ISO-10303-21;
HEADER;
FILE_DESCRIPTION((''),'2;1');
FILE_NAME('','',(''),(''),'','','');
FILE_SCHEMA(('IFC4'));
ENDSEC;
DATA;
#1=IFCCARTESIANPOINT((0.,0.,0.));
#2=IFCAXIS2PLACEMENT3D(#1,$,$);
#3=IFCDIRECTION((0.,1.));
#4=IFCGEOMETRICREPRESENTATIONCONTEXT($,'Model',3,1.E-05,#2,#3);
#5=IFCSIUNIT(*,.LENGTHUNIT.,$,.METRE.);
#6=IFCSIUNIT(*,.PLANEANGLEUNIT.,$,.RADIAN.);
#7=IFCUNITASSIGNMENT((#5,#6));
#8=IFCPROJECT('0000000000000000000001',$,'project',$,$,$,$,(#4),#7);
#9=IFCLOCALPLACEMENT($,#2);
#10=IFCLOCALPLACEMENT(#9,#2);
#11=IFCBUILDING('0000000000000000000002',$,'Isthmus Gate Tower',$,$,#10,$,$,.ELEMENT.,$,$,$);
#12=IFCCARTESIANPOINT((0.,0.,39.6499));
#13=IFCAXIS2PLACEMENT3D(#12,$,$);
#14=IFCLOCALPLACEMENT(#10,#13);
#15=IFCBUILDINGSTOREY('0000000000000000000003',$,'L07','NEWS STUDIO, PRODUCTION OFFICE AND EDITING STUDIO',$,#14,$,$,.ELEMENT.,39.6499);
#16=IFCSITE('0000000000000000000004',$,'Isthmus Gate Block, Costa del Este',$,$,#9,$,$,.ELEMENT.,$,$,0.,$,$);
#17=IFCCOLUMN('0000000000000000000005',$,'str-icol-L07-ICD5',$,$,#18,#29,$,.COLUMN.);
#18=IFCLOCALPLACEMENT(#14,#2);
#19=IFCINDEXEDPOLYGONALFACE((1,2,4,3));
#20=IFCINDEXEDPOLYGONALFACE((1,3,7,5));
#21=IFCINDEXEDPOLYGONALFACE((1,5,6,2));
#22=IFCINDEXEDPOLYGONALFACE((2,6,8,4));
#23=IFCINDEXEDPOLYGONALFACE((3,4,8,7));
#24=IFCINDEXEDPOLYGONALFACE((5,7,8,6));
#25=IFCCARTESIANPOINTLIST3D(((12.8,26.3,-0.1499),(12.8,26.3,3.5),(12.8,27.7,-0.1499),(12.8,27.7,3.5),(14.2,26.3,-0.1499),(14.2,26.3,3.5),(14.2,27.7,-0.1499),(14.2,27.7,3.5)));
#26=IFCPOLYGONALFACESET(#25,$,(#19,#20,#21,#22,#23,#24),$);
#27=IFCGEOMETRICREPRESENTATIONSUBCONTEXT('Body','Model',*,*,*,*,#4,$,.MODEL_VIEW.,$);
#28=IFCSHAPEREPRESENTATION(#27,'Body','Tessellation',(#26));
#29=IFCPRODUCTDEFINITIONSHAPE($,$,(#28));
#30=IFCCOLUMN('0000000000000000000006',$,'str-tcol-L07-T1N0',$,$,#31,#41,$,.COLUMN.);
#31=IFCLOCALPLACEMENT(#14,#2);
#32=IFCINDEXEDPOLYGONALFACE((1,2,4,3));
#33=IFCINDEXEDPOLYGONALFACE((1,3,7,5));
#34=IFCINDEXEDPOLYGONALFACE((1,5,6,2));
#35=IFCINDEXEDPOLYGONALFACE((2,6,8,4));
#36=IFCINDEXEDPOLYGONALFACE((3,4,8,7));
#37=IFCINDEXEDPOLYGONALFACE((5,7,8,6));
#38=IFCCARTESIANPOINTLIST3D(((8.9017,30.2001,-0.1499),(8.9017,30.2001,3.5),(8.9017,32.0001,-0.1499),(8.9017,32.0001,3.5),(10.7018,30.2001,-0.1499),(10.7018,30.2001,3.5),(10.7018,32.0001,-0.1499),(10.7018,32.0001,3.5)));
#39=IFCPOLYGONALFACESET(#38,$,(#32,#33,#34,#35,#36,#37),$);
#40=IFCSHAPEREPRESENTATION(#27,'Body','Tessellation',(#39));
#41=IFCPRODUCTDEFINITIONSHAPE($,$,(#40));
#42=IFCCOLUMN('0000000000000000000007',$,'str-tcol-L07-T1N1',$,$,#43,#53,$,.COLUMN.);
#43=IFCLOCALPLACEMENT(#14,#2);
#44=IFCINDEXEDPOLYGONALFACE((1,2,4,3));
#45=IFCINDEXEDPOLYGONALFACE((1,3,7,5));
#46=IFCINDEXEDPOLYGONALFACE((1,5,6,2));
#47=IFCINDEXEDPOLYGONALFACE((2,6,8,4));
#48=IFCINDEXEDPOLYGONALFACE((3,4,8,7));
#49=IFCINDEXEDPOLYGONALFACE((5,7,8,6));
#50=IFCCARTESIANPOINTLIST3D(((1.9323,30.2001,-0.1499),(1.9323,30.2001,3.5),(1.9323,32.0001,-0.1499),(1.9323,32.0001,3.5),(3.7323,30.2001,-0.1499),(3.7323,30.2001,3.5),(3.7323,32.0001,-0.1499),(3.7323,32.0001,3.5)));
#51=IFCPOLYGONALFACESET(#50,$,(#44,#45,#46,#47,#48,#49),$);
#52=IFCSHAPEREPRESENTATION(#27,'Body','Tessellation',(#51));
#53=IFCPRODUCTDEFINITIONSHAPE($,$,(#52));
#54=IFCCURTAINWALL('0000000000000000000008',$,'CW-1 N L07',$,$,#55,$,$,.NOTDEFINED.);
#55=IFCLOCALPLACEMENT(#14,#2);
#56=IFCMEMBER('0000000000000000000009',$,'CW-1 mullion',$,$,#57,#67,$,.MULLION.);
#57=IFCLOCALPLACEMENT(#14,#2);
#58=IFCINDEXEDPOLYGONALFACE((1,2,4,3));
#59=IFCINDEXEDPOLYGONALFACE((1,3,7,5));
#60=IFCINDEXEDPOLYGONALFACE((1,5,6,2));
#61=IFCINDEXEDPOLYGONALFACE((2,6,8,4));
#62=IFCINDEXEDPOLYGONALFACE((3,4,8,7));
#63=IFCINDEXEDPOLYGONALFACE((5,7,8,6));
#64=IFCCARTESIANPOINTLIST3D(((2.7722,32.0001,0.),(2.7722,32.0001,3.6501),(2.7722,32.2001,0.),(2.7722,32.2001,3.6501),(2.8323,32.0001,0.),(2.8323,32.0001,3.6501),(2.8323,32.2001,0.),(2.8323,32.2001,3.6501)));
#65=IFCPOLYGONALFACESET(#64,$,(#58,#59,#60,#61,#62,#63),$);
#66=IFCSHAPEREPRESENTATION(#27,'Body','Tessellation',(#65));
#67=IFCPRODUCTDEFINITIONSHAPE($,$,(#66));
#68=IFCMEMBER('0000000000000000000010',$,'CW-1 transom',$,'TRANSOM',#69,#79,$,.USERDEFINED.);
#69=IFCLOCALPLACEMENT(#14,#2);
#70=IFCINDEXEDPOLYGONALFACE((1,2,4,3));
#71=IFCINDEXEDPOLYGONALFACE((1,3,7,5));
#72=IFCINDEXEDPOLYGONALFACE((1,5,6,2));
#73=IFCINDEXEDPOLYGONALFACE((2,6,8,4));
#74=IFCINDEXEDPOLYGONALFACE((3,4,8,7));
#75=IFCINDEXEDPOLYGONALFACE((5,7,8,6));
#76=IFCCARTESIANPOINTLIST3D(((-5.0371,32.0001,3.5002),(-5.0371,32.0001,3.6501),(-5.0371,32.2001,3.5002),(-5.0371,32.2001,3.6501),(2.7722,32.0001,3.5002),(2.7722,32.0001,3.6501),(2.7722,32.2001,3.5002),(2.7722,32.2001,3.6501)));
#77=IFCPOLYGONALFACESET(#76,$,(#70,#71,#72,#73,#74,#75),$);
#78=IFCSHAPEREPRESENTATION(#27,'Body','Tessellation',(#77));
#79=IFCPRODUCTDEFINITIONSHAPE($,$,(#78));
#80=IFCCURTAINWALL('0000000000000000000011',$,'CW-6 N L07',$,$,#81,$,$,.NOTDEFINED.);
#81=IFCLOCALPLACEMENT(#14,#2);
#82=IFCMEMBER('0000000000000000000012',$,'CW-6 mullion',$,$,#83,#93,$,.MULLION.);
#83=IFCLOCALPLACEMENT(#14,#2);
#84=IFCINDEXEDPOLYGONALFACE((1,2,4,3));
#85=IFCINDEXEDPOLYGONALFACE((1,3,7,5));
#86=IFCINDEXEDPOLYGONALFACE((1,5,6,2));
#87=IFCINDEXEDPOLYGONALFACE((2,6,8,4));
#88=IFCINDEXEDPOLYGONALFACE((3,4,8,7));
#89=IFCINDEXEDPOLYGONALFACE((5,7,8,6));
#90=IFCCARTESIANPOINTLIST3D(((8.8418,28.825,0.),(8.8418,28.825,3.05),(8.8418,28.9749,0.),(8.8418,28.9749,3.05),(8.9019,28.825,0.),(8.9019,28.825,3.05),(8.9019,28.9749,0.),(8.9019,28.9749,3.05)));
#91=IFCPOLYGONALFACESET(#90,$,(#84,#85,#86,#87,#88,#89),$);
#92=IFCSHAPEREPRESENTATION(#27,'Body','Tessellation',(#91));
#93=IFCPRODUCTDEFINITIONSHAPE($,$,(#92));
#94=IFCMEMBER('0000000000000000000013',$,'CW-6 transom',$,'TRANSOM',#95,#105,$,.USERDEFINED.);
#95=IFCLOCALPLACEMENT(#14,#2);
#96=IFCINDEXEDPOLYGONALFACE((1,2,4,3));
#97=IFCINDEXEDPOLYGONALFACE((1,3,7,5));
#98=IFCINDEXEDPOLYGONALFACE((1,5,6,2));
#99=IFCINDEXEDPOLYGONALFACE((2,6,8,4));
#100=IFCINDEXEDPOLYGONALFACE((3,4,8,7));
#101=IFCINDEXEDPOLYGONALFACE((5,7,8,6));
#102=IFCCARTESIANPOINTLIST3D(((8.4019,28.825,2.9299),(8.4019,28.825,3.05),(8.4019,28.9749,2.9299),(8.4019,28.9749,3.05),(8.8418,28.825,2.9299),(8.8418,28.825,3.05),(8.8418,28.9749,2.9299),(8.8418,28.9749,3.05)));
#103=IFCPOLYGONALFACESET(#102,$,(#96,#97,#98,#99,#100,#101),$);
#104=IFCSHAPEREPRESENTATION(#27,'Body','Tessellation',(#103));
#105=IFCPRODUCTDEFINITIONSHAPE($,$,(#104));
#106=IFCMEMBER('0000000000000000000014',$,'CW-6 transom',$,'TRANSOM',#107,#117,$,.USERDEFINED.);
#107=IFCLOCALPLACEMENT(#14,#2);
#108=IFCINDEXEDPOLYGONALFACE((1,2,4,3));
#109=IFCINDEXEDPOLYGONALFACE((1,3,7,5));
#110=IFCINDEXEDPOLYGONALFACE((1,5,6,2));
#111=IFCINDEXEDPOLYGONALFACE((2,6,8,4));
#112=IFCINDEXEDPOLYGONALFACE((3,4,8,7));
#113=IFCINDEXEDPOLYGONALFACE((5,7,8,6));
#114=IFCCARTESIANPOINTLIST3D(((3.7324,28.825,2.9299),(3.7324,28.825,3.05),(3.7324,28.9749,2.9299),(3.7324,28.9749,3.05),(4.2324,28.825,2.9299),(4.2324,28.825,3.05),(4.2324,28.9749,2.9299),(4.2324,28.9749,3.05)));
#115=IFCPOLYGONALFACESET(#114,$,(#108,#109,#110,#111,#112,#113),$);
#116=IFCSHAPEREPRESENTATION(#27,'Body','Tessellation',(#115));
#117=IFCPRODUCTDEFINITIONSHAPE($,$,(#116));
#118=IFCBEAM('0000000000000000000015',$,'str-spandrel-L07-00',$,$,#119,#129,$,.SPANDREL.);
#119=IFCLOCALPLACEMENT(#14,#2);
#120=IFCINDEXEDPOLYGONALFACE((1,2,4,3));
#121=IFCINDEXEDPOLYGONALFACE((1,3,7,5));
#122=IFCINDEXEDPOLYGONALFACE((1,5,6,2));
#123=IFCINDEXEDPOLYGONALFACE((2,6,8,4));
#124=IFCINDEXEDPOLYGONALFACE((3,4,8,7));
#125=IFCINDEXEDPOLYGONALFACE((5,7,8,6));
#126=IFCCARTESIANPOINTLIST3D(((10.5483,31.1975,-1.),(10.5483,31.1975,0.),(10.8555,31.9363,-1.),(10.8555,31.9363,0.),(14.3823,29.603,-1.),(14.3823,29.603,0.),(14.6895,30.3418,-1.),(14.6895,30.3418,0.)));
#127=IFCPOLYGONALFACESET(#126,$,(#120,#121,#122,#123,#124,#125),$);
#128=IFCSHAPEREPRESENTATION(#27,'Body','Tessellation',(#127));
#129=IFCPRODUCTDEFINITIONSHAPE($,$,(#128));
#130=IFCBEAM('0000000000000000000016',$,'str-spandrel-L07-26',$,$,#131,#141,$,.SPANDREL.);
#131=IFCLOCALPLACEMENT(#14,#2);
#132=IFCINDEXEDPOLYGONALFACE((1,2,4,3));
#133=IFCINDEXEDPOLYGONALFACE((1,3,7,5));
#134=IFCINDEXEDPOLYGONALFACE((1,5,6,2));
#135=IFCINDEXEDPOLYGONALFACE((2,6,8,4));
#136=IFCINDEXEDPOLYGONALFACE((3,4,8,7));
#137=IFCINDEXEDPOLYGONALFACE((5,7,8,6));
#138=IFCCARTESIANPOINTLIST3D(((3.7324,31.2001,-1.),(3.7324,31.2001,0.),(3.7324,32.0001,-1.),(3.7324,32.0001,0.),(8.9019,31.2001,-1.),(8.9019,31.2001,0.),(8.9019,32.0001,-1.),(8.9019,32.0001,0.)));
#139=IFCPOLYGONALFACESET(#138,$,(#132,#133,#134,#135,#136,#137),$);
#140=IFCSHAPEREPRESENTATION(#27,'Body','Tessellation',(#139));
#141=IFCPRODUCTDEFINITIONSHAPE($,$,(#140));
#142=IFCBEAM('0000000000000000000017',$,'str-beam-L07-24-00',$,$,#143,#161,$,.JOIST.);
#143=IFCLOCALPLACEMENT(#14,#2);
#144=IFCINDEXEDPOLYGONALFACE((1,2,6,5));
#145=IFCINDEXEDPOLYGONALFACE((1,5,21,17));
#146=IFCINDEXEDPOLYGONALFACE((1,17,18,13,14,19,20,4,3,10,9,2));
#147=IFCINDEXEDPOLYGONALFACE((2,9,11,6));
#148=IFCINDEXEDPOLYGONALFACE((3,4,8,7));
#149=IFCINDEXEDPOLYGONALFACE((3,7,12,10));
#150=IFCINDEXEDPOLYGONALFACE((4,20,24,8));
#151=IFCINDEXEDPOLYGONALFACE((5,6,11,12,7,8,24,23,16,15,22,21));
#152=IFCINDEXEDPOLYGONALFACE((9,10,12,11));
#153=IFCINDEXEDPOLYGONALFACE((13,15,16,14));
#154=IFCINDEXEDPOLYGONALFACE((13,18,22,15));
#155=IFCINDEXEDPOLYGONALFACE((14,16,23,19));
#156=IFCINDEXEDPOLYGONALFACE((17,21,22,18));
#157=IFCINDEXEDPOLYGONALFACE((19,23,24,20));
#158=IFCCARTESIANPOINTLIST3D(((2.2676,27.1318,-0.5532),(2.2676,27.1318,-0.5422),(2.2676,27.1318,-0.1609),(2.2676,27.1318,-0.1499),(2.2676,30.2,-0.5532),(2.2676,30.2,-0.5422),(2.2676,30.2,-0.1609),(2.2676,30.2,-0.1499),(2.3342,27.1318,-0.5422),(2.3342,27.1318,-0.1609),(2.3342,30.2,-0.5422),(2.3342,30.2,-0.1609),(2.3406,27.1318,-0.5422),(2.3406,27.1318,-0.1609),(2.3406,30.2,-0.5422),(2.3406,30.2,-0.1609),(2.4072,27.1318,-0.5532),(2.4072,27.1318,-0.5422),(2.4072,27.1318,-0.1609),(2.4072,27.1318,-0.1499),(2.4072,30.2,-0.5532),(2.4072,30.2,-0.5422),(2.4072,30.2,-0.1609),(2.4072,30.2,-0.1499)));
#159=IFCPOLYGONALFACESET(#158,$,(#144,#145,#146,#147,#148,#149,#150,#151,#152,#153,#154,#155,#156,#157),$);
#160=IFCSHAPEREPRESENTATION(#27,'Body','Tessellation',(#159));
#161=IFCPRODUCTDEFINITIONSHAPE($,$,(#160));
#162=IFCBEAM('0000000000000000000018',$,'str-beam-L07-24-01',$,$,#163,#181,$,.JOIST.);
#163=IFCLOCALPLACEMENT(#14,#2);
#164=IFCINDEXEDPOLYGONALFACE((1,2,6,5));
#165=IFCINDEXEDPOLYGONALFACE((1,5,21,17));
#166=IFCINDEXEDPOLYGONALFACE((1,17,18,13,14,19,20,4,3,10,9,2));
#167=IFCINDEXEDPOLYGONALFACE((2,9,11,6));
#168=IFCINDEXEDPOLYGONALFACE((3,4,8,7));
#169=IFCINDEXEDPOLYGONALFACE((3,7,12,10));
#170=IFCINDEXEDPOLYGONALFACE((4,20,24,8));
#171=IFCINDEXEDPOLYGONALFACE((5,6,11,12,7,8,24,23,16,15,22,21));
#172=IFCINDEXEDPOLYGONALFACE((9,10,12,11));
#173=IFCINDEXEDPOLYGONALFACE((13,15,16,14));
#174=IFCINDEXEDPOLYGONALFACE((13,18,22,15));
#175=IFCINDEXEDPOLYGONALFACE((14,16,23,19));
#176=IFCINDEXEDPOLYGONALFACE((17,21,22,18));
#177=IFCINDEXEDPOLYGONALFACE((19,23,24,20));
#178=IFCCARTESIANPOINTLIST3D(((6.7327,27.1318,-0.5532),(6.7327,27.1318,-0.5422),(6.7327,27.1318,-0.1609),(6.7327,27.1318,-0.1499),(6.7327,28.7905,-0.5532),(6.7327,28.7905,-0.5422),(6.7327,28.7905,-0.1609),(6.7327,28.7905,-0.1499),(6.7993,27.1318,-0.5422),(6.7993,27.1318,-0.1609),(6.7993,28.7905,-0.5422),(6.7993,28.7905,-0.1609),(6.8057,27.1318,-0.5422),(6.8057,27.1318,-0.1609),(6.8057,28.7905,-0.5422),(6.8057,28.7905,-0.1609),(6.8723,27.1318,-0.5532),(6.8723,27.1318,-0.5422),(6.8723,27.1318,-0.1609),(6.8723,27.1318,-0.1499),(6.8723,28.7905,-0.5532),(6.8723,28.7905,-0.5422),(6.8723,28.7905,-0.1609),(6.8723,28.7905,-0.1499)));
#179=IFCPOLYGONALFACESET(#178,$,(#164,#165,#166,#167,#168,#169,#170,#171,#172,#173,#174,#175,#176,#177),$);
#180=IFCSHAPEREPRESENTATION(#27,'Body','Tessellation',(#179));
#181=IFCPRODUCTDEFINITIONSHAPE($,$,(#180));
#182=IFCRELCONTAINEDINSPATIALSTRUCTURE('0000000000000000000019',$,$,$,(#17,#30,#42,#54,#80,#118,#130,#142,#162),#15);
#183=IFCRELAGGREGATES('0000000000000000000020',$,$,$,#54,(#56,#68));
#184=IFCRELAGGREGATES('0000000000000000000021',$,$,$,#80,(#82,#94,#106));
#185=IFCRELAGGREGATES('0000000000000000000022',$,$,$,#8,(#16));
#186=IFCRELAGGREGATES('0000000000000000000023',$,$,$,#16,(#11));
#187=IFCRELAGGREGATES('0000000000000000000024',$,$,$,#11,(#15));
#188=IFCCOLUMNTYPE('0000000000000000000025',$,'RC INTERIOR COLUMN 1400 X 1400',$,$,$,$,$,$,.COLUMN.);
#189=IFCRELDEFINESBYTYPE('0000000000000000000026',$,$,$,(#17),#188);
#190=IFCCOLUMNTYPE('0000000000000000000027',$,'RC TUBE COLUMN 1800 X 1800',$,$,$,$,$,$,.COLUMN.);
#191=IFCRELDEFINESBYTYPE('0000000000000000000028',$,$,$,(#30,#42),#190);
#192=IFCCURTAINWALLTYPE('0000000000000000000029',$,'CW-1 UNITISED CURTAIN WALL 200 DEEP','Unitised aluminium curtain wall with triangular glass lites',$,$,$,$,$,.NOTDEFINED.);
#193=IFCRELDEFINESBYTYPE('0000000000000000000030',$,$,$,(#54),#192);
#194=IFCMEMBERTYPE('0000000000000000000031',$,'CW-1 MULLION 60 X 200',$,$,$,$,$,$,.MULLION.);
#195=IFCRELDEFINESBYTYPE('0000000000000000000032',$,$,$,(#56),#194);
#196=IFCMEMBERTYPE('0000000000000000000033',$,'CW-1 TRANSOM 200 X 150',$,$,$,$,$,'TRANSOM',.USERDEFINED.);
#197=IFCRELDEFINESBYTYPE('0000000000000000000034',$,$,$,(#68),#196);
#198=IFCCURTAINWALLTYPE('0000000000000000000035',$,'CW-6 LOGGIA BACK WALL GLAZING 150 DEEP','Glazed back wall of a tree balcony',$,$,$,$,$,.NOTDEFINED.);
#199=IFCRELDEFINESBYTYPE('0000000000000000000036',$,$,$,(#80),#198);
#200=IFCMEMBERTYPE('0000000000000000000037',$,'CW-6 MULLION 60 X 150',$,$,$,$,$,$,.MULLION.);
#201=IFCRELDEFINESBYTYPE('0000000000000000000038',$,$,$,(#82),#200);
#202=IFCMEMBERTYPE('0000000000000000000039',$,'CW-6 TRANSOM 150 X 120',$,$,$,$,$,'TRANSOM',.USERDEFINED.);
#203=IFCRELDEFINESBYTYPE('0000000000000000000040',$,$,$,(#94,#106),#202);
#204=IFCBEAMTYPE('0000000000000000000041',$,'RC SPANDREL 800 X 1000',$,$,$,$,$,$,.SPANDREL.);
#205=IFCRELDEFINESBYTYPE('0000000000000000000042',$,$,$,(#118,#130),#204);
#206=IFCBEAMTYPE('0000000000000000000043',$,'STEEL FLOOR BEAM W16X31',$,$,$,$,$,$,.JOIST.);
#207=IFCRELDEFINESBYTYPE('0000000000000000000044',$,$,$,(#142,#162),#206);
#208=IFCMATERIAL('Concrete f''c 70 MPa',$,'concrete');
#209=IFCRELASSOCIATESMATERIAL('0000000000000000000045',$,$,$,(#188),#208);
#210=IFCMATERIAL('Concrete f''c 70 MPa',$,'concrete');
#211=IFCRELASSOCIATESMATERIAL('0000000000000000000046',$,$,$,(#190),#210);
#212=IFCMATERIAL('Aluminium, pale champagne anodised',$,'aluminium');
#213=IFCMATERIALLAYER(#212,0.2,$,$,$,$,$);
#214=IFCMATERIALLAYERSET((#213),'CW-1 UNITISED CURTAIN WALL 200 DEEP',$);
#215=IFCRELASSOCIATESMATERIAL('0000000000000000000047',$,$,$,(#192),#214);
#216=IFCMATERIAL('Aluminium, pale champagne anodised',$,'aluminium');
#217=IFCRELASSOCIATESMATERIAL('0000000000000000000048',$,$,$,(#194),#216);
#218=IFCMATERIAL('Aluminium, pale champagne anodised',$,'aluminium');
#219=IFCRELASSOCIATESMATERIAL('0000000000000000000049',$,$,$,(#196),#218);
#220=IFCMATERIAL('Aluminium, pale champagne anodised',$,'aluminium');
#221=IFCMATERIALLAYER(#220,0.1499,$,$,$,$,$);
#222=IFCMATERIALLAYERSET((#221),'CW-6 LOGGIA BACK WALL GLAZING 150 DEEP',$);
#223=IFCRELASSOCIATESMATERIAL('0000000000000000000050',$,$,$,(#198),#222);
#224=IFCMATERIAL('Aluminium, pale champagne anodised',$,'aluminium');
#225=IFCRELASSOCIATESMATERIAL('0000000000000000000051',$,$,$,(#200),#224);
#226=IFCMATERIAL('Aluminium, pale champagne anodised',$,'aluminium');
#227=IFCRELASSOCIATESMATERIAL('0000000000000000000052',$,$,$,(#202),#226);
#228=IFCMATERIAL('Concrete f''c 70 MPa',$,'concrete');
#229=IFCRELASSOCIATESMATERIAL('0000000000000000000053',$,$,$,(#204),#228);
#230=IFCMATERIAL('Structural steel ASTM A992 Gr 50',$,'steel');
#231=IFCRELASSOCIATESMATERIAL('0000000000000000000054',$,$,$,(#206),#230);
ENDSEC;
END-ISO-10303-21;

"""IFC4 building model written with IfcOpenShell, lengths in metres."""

from ifc_helpers import new_model, si_unit, direction, frame, origin, origin_2d, place, context, subcontext, project, spatial, rectangle, i_section, extrude, material, layer, layer_set, material_profile, profile_set, type_object, element, aggregate, save


model = new_model("IFC4")

# Units and contexts
model_context = context("Model", 3, precision=1e-05, world=origin(), true_north=direction((0.0, 1.0)))
body_context = subcontext(model_context, "Body", "Model", "MODEL_VIEW")
ifc_project = project(units=[si_unit("LENGTHUNIT", "METRE"), si_unit("PLANEANGLEUNIT", "RADIAN")], contexts=[model_context])

# Site, building, storey
site_placement = place(None, origin())
site = spatial("IfcSite", under=ifc_project, at=site_placement, Name="Isthmus Gate Block, Costa del Este", CompositionType="ELEMENT", RefElevation=0.0)
building_placement = place(site_placement, origin())
building = spatial("IfcBuilding", under=site, at=building_placement, Name="Isthmus Gate Tower", CompositionType="ELEMENT")
storey_placement = place(building_placement, frame((0.0, 0.0, 39.6499)))
storey = spatial("IfcBuildingStorey", under=building, at=storey_placement, Name="L07", Description="NEWS STUDIO, PRODUCTION OFFICE AND EDITING STUDIO", CompositionType="ELEMENT", Elevation=39.6499)

# Columns
ifc_material_1 = material(Name="Concrete f'c 70 MPa", Category="concrete")
ifc_material_profile_1 = material_profile(ifc_material_1, rectangle(XDim=1.3999, YDim=1.3999, at=origin_2d()), Name="RC 1400X1400")
ifc_profile_set_1 = profile_set([ifc_material_profile_1], Name="Concrete f'c 70 MPa")
column_type_1 = type_object("IfcColumnType", Name="RC INTERIOR COLUMN 1400 X 1400", PredefinedType="COLUMN", material=ifc_profile_set_1)
column_placement = place(storey_placement, frame((13.5, 27.0, -0.1499), z_axis=(0.0, 0.0, 1.0), x_axis=(1.0, 0.0, 0.0)))
element("IfcColumn", 1, at=column_placement, inside=storey, type_object=column_type_1, Name="str-icol-L07-ICD5", PredefinedType="COLUMN", context=body_context, shape_type="SweptSolid", body=[
    extrude(rectangle(XDim=1.3999, YDim=1.3999, at=origin_2d()), origin(), (0.0, 0.0, 1.0), 3.6499),
])
ifc_material_2 = material(Name="Concrete f'c 70 MPa", Category="concrete")
ifc_material_profile_2 = material_profile(ifc_material_2, rectangle(XDim=1.8, YDim=1.8, at=origin_2d()), Name="RC 1800X1800")
ifc_profile_set_2 = profile_set([ifc_material_profile_2], Name="Concrete f'c 70 MPa")
column_type_2 = type_object("IfcColumnType", Name="RC TUBE COLUMN 1800 X 1800", PredefinedType="COLUMN", material=ifc_profile_set_2)
for number, where, z_axis, x_axis, name in (
    (2, (9.8018, 31.1001, -0.1499), (0.0, 0.0, 1.0), (-1.0, 0.0, 0.0), "str-tcol-L07-T1N0"),
    (3, (2.8323, 31.1001, -0.1499), (0.0, 0.0, 1.0), (-1.0, 0.0, 0.0), "str-tcol-L07-T1N1"),
):
    element("IfcColumn", number, at=place(storey_placement, frame(where, z_axis=z_axis, x_axis=x_axis)), inside=storey, type_object=column_type_2, Name=name, PredefinedType="COLUMN", context=body_context, shape_type="SweptSolid", body=[
        extrude(rectangle(XDim=1.8, YDim=1.8, at=origin_2d()), origin(), (0.0, 0.0, 1.0), 3.6499),
    ])

# Curtain walls, members
ifc_material_3 = material(Name="Aluminium, pale champagne anodised", Category="aluminium")
ifc_layer_1 = layer(ifc_material_3, 0.2)
ifc_layer_set_1 = layer_set([ifc_layer_1], Name="CW-1 UNITISED CURTAIN WALL 200 DEEP")
curtain_wall_type_1 = type_object("IfcCurtainWallType", Name="CW-1 UNITISED CURTAIN WALL 200 DEEP", Description="Unitised aluminium curtain wall with triangular glass lites", PredefinedType="NOTDEFINED", material=ifc_layer_set_1)
curtain_wall_1_placement = place(storey_placement, origin())
curtain_wall_1 = element("IfcCurtainWall", 4, at=curtain_wall_1_placement, inside=storey, type_object=curtain_wall_type_1, Name="CW-1 N L07", PredefinedType="NOTDEFINED")
ifc_material_4 = material(Name="Aluminium, pale champagne anodised", Category="aluminium")
ifc_material_profile_3 = material_profile(ifc_material_4, rectangle(XDim=0.0601, YDim=0.2, at=origin_2d()), Name="60x200")
ifc_profile_set_3 = profile_set([ifc_material_profile_3], Name="Aluminium, pale champagne anodised")
member_type_1 = type_object("IfcMemberType", Name="CW-1 MULLION 60 X 200", PredefinedType="MULLION", material=ifc_profile_set_3)
member_1_placement = place(storey_placement, frame((2.8022, 32.1001, 0.0), z_axis=(0.0, 0.0, 1.0), x_axis=(-1.0, 0.0, 0.0)))
member_1 = element("IfcMember", 5, at=member_1_placement, type_object=member_type_1, Name="CW-1 mullion", PredefinedType="MULLION", context=body_context, shape_type="SweptSolid", body=[
    extrude(rectangle(XDim=0.0601, YDim=0.2, at=origin_2d()), origin(), (0.0, 0.0, 1.0), 3.6501),
])
ifc_material_5 = material(Name="Aluminium, pale champagne anodised", Category="aluminium")
ifc_material_profile_4 = material_profile(ifc_material_5, rectangle(XDim=0.2, YDim=0.1499, at=origin_2d()), Name="200x150")
ifc_profile_set_4 = profile_set([ifc_material_profile_4], Name="Aluminium, pale champagne anodised")
member_type_2 = type_object("IfcMemberType", Name="CW-1 TRANSOM 200 X 150", ElementType="TRANSOM", PredefinedType="USERDEFINED", material=ifc_profile_set_4)
member_2_placement = place(storey_placement, frame((2.7722, 32.1001, 3.5752), z_axis=(-1.0, 0.0, 0.0), x_axis=(0.0, -1.0, 0.0)))
member_2 = element("IfcMember", 6, at=member_2_placement, type_object=member_type_2, Name="CW-1 transom", ObjectType="TRANSOM", PredefinedType="USERDEFINED", context=body_context, shape_type="SweptSolid", body=[
    extrude(rectangle(XDim=0.2, YDim=0.1499, at=origin_2d()), origin(), (0.0, 0.0, 1.0), 7.8093),
])
aggregate(curtain_wall_1, [member_1, member_2])
ifc_material_6 = material(Name="Aluminium, pale champagne anodised", Category="aluminium")
ifc_layer_2 = layer(ifc_material_6, 0.1499)
ifc_layer_set_2 = layer_set([ifc_layer_2], Name="CW-6 LOGGIA BACK WALL GLAZING 150 DEEP")
curtain_wall_type_2 = type_object("IfcCurtainWallType", Name="CW-6 LOGGIA BACK WALL GLAZING 150 DEEP", Description="Glazed back wall of a tree balcony", PredefinedType="NOTDEFINED", material=ifc_layer_set_2)
curtain_wall_2_placement = place(storey_placement, origin())
curtain_wall_2 = element("IfcCurtainWall", 7, at=curtain_wall_2_placement, inside=storey, type_object=curtain_wall_type_2, Name="CW-6 N L07", PredefinedType="NOTDEFINED")
ifc_material_7 = material(Name="Aluminium, pale champagne anodised", Category="aluminium")
ifc_material_profile_5 = material_profile(ifc_material_7, rectangle(XDim=0.0601, YDim=0.1499, at=origin_2d()), Name="60x150")
ifc_profile_set_5 = profile_set([ifc_material_profile_5], Name="Aluminium, pale champagne anodised")
member_type_3 = type_object("IfcMemberType", Name="CW-6 MULLION 60 X 150", PredefinedType="MULLION", material=ifc_profile_set_5)
member_3_placement = place(storey_placement, frame((8.8718, 28.8999, 0.0), z_axis=(0.0, 0.0, 1.0), x_axis=(-1.0, 0.0, 0.0)))
member_3 = element("IfcMember", 8, at=member_3_placement, type_object=member_type_3, Name="CW-6 mullion", PredefinedType="MULLION", context=body_context, shape_type="SweptSolid", body=[
    extrude(rectangle(XDim=0.0601, YDim=0.1499, at=origin_2d()), origin(), (0.0, 0.0, 1.0), 3.05),
])
ifc_material_8 = material(Name="Aluminium, pale champagne anodised", Category="aluminium")
ifc_material_profile_6 = material_profile(ifc_material_8, rectangle(XDim=0.1499, YDim=0.1201, at=origin_2d()), Name="150x120")
ifc_profile_set_6 = profile_set([ifc_material_profile_6], Name="Aluminium, pale champagne anodised")
member_type_4 = type_object("IfcMemberType", Name="CW-6 TRANSOM 150 X 120", ElementType="TRANSOM", PredefinedType="USERDEFINED", material=ifc_profile_set_6)
member_4_placement = place(storey_placement, frame((8.8418, 28.8999, 2.99), z_axis=(-1.0, 0.0, 0.0), x_axis=(0.0, -1.0, 0.0)))
member_4 = element("IfcMember", 9, at=member_4_placement, type_object=member_type_4, Name="CW-6 transom", ObjectType="TRANSOM", PredefinedType="USERDEFINED", context=body_context, shape_type="SweptSolid", body=[
    extrude(rectangle(XDim=0.1499, YDim=0.1201, at=origin_2d()), origin(), (0.0, 0.0, 1.0), 0.4399),
])
member_5_placement = place(storey_placement, frame((4.2324, 28.8999, 2.99), z_axis=(-1.0, 0.0, 0.0), x_axis=(0.0, -1.0, 0.0)))
member_5 = element("IfcMember", 10, at=member_5_placement, type_object=member_type_4, Name="CW-6 transom", ObjectType="TRANSOM", PredefinedType="USERDEFINED", context=body_context, shape_type="SweptSolid", body=[
    extrude(rectangle(XDim=0.1499, YDim=0.1201, at=origin_2d()), origin(), (0.0, 0.0, 1.0), 0.5),
])

# Beams
ifc_material_9 = material(Name="Concrete f'c 70 MPa", Category="concrete")
ifc_material_profile_7 = material_profile(ifc_material_9, rectangle(XDim=0.8, YDim=1.0, at=origin_2d()), Name="RC 800X1000")
ifc_profile_set_7 = profile_set([ifc_material_profile_7], Name="Concrete f'c 70 MPa")
beam_type_1 = type_object("IfcBeamType", Name="RC SPANDREL 800 X 1000", PredefinedType="SPANDREL", material=ifc_profile_set_7)
beam_1_placement = place(storey_placement, frame((10.7019, 31.5669, -0.5), z_axis=(0.923334, -0.383997, 0.0), x_axis=(0.383997, 0.923334, 0.0)))
element("IfcBeam", 11, at=beam_1_placement, inside=storey, type_object=beam_type_1, Name="str-spandrel-L07-00", PredefinedType="SPANDREL", context=body_context, shape_type="SweptSolid", body=[
    extrude(rectangle(XDim=0.8, YDim=1.0, at=origin_2d()), origin(), (0.0, 0.0, 1.0), 4.1523),
])
beam_2_placement = place(storey_placement, frame((3.7324, 31.6001, -0.5), z_axis=(1.0, 0.0, 0.0), x_axis=(0.0, 1.0, 0.0)))
element("IfcBeam", 12, at=beam_2_placement, inside=storey, type_object=beam_type_1, Name="str-spandrel-L07-26", PredefinedType="SPANDREL", context=body_context, shape_type="SweptSolid", body=[
    extrude(rectangle(XDim=0.8, YDim=1.0, at=origin_2d()), origin(), (0.0, 0.0, 1.0), 5.1694),
])
ifc_material_10 = material(Name="Structural steel ASTM A992 Gr 50", Category="steel")
ifc_material_profile_8 = material_profile(ifc_material_10, i_section(OverallWidth=0.1396, OverallDepth=0.4033, WebThickness=0.0063, FlangeThickness=0.011, at=origin_2d()), Name="W16X31")
ifc_profile_set_8 = profile_set([ifc_material_profile_8], Name="Structural steel ASTM A992 Gr 50")
beam_type_2 = type_object("IfcBeamType", Name="STEEL FLOOR BEAM W16X31", PredefinedType="JOIST", material=ifc_profile_set_8)
beam_3_placement = place(storey_placement, frame((2.3374, 27.1318, -0.3516), z_axis=(0.0, 1.0, 0.0), x_axis=(-1.0, 0.0, 0.0)))
element("IfcBeam", 13, at=beam_3_placement, inside=storey, type_object=beam_type_2, Name="str-beam-L07-24-00", PredefinedType="JOIST", context=body_context, shape_type="SweptSolid", body=[
    extrude(i_section(OverallWidth=0.1396, OverallDepth=0.4033, WebThickness=0.0063, FlangeThickness=0.011, at=origin_2d()), origin(), (0.0, 0.0, 1.0), 3.0681),
])
beam_4_placement = place(storey_placement, frame((6.8025, 27.1318, -0.3516), z_axis=(0.0, 1.0, 0.0), x_axis=(-1.0, 0.0, 0.0)))
element("IfcBeam", 14, at=beam_4_placement, inside=storey, type_object=beam_type_2, Name="str-beam-L07-24-01", PredefinedType="JOIST", context=body_context, shape_type="SweptSolid", body=[
    extrude(i_section(OverallWidth=0.1396, OverallDepth=0.4033, WebThickness=0.0063, FlangeThickness=0.011, at=origin_2d()), origin(), (0.0, 0.0, 1.0), 1.6587),
])

aggregate(curtain_wall_2, [member_3, member_4, member_5])

save(model, "model.ifc")
